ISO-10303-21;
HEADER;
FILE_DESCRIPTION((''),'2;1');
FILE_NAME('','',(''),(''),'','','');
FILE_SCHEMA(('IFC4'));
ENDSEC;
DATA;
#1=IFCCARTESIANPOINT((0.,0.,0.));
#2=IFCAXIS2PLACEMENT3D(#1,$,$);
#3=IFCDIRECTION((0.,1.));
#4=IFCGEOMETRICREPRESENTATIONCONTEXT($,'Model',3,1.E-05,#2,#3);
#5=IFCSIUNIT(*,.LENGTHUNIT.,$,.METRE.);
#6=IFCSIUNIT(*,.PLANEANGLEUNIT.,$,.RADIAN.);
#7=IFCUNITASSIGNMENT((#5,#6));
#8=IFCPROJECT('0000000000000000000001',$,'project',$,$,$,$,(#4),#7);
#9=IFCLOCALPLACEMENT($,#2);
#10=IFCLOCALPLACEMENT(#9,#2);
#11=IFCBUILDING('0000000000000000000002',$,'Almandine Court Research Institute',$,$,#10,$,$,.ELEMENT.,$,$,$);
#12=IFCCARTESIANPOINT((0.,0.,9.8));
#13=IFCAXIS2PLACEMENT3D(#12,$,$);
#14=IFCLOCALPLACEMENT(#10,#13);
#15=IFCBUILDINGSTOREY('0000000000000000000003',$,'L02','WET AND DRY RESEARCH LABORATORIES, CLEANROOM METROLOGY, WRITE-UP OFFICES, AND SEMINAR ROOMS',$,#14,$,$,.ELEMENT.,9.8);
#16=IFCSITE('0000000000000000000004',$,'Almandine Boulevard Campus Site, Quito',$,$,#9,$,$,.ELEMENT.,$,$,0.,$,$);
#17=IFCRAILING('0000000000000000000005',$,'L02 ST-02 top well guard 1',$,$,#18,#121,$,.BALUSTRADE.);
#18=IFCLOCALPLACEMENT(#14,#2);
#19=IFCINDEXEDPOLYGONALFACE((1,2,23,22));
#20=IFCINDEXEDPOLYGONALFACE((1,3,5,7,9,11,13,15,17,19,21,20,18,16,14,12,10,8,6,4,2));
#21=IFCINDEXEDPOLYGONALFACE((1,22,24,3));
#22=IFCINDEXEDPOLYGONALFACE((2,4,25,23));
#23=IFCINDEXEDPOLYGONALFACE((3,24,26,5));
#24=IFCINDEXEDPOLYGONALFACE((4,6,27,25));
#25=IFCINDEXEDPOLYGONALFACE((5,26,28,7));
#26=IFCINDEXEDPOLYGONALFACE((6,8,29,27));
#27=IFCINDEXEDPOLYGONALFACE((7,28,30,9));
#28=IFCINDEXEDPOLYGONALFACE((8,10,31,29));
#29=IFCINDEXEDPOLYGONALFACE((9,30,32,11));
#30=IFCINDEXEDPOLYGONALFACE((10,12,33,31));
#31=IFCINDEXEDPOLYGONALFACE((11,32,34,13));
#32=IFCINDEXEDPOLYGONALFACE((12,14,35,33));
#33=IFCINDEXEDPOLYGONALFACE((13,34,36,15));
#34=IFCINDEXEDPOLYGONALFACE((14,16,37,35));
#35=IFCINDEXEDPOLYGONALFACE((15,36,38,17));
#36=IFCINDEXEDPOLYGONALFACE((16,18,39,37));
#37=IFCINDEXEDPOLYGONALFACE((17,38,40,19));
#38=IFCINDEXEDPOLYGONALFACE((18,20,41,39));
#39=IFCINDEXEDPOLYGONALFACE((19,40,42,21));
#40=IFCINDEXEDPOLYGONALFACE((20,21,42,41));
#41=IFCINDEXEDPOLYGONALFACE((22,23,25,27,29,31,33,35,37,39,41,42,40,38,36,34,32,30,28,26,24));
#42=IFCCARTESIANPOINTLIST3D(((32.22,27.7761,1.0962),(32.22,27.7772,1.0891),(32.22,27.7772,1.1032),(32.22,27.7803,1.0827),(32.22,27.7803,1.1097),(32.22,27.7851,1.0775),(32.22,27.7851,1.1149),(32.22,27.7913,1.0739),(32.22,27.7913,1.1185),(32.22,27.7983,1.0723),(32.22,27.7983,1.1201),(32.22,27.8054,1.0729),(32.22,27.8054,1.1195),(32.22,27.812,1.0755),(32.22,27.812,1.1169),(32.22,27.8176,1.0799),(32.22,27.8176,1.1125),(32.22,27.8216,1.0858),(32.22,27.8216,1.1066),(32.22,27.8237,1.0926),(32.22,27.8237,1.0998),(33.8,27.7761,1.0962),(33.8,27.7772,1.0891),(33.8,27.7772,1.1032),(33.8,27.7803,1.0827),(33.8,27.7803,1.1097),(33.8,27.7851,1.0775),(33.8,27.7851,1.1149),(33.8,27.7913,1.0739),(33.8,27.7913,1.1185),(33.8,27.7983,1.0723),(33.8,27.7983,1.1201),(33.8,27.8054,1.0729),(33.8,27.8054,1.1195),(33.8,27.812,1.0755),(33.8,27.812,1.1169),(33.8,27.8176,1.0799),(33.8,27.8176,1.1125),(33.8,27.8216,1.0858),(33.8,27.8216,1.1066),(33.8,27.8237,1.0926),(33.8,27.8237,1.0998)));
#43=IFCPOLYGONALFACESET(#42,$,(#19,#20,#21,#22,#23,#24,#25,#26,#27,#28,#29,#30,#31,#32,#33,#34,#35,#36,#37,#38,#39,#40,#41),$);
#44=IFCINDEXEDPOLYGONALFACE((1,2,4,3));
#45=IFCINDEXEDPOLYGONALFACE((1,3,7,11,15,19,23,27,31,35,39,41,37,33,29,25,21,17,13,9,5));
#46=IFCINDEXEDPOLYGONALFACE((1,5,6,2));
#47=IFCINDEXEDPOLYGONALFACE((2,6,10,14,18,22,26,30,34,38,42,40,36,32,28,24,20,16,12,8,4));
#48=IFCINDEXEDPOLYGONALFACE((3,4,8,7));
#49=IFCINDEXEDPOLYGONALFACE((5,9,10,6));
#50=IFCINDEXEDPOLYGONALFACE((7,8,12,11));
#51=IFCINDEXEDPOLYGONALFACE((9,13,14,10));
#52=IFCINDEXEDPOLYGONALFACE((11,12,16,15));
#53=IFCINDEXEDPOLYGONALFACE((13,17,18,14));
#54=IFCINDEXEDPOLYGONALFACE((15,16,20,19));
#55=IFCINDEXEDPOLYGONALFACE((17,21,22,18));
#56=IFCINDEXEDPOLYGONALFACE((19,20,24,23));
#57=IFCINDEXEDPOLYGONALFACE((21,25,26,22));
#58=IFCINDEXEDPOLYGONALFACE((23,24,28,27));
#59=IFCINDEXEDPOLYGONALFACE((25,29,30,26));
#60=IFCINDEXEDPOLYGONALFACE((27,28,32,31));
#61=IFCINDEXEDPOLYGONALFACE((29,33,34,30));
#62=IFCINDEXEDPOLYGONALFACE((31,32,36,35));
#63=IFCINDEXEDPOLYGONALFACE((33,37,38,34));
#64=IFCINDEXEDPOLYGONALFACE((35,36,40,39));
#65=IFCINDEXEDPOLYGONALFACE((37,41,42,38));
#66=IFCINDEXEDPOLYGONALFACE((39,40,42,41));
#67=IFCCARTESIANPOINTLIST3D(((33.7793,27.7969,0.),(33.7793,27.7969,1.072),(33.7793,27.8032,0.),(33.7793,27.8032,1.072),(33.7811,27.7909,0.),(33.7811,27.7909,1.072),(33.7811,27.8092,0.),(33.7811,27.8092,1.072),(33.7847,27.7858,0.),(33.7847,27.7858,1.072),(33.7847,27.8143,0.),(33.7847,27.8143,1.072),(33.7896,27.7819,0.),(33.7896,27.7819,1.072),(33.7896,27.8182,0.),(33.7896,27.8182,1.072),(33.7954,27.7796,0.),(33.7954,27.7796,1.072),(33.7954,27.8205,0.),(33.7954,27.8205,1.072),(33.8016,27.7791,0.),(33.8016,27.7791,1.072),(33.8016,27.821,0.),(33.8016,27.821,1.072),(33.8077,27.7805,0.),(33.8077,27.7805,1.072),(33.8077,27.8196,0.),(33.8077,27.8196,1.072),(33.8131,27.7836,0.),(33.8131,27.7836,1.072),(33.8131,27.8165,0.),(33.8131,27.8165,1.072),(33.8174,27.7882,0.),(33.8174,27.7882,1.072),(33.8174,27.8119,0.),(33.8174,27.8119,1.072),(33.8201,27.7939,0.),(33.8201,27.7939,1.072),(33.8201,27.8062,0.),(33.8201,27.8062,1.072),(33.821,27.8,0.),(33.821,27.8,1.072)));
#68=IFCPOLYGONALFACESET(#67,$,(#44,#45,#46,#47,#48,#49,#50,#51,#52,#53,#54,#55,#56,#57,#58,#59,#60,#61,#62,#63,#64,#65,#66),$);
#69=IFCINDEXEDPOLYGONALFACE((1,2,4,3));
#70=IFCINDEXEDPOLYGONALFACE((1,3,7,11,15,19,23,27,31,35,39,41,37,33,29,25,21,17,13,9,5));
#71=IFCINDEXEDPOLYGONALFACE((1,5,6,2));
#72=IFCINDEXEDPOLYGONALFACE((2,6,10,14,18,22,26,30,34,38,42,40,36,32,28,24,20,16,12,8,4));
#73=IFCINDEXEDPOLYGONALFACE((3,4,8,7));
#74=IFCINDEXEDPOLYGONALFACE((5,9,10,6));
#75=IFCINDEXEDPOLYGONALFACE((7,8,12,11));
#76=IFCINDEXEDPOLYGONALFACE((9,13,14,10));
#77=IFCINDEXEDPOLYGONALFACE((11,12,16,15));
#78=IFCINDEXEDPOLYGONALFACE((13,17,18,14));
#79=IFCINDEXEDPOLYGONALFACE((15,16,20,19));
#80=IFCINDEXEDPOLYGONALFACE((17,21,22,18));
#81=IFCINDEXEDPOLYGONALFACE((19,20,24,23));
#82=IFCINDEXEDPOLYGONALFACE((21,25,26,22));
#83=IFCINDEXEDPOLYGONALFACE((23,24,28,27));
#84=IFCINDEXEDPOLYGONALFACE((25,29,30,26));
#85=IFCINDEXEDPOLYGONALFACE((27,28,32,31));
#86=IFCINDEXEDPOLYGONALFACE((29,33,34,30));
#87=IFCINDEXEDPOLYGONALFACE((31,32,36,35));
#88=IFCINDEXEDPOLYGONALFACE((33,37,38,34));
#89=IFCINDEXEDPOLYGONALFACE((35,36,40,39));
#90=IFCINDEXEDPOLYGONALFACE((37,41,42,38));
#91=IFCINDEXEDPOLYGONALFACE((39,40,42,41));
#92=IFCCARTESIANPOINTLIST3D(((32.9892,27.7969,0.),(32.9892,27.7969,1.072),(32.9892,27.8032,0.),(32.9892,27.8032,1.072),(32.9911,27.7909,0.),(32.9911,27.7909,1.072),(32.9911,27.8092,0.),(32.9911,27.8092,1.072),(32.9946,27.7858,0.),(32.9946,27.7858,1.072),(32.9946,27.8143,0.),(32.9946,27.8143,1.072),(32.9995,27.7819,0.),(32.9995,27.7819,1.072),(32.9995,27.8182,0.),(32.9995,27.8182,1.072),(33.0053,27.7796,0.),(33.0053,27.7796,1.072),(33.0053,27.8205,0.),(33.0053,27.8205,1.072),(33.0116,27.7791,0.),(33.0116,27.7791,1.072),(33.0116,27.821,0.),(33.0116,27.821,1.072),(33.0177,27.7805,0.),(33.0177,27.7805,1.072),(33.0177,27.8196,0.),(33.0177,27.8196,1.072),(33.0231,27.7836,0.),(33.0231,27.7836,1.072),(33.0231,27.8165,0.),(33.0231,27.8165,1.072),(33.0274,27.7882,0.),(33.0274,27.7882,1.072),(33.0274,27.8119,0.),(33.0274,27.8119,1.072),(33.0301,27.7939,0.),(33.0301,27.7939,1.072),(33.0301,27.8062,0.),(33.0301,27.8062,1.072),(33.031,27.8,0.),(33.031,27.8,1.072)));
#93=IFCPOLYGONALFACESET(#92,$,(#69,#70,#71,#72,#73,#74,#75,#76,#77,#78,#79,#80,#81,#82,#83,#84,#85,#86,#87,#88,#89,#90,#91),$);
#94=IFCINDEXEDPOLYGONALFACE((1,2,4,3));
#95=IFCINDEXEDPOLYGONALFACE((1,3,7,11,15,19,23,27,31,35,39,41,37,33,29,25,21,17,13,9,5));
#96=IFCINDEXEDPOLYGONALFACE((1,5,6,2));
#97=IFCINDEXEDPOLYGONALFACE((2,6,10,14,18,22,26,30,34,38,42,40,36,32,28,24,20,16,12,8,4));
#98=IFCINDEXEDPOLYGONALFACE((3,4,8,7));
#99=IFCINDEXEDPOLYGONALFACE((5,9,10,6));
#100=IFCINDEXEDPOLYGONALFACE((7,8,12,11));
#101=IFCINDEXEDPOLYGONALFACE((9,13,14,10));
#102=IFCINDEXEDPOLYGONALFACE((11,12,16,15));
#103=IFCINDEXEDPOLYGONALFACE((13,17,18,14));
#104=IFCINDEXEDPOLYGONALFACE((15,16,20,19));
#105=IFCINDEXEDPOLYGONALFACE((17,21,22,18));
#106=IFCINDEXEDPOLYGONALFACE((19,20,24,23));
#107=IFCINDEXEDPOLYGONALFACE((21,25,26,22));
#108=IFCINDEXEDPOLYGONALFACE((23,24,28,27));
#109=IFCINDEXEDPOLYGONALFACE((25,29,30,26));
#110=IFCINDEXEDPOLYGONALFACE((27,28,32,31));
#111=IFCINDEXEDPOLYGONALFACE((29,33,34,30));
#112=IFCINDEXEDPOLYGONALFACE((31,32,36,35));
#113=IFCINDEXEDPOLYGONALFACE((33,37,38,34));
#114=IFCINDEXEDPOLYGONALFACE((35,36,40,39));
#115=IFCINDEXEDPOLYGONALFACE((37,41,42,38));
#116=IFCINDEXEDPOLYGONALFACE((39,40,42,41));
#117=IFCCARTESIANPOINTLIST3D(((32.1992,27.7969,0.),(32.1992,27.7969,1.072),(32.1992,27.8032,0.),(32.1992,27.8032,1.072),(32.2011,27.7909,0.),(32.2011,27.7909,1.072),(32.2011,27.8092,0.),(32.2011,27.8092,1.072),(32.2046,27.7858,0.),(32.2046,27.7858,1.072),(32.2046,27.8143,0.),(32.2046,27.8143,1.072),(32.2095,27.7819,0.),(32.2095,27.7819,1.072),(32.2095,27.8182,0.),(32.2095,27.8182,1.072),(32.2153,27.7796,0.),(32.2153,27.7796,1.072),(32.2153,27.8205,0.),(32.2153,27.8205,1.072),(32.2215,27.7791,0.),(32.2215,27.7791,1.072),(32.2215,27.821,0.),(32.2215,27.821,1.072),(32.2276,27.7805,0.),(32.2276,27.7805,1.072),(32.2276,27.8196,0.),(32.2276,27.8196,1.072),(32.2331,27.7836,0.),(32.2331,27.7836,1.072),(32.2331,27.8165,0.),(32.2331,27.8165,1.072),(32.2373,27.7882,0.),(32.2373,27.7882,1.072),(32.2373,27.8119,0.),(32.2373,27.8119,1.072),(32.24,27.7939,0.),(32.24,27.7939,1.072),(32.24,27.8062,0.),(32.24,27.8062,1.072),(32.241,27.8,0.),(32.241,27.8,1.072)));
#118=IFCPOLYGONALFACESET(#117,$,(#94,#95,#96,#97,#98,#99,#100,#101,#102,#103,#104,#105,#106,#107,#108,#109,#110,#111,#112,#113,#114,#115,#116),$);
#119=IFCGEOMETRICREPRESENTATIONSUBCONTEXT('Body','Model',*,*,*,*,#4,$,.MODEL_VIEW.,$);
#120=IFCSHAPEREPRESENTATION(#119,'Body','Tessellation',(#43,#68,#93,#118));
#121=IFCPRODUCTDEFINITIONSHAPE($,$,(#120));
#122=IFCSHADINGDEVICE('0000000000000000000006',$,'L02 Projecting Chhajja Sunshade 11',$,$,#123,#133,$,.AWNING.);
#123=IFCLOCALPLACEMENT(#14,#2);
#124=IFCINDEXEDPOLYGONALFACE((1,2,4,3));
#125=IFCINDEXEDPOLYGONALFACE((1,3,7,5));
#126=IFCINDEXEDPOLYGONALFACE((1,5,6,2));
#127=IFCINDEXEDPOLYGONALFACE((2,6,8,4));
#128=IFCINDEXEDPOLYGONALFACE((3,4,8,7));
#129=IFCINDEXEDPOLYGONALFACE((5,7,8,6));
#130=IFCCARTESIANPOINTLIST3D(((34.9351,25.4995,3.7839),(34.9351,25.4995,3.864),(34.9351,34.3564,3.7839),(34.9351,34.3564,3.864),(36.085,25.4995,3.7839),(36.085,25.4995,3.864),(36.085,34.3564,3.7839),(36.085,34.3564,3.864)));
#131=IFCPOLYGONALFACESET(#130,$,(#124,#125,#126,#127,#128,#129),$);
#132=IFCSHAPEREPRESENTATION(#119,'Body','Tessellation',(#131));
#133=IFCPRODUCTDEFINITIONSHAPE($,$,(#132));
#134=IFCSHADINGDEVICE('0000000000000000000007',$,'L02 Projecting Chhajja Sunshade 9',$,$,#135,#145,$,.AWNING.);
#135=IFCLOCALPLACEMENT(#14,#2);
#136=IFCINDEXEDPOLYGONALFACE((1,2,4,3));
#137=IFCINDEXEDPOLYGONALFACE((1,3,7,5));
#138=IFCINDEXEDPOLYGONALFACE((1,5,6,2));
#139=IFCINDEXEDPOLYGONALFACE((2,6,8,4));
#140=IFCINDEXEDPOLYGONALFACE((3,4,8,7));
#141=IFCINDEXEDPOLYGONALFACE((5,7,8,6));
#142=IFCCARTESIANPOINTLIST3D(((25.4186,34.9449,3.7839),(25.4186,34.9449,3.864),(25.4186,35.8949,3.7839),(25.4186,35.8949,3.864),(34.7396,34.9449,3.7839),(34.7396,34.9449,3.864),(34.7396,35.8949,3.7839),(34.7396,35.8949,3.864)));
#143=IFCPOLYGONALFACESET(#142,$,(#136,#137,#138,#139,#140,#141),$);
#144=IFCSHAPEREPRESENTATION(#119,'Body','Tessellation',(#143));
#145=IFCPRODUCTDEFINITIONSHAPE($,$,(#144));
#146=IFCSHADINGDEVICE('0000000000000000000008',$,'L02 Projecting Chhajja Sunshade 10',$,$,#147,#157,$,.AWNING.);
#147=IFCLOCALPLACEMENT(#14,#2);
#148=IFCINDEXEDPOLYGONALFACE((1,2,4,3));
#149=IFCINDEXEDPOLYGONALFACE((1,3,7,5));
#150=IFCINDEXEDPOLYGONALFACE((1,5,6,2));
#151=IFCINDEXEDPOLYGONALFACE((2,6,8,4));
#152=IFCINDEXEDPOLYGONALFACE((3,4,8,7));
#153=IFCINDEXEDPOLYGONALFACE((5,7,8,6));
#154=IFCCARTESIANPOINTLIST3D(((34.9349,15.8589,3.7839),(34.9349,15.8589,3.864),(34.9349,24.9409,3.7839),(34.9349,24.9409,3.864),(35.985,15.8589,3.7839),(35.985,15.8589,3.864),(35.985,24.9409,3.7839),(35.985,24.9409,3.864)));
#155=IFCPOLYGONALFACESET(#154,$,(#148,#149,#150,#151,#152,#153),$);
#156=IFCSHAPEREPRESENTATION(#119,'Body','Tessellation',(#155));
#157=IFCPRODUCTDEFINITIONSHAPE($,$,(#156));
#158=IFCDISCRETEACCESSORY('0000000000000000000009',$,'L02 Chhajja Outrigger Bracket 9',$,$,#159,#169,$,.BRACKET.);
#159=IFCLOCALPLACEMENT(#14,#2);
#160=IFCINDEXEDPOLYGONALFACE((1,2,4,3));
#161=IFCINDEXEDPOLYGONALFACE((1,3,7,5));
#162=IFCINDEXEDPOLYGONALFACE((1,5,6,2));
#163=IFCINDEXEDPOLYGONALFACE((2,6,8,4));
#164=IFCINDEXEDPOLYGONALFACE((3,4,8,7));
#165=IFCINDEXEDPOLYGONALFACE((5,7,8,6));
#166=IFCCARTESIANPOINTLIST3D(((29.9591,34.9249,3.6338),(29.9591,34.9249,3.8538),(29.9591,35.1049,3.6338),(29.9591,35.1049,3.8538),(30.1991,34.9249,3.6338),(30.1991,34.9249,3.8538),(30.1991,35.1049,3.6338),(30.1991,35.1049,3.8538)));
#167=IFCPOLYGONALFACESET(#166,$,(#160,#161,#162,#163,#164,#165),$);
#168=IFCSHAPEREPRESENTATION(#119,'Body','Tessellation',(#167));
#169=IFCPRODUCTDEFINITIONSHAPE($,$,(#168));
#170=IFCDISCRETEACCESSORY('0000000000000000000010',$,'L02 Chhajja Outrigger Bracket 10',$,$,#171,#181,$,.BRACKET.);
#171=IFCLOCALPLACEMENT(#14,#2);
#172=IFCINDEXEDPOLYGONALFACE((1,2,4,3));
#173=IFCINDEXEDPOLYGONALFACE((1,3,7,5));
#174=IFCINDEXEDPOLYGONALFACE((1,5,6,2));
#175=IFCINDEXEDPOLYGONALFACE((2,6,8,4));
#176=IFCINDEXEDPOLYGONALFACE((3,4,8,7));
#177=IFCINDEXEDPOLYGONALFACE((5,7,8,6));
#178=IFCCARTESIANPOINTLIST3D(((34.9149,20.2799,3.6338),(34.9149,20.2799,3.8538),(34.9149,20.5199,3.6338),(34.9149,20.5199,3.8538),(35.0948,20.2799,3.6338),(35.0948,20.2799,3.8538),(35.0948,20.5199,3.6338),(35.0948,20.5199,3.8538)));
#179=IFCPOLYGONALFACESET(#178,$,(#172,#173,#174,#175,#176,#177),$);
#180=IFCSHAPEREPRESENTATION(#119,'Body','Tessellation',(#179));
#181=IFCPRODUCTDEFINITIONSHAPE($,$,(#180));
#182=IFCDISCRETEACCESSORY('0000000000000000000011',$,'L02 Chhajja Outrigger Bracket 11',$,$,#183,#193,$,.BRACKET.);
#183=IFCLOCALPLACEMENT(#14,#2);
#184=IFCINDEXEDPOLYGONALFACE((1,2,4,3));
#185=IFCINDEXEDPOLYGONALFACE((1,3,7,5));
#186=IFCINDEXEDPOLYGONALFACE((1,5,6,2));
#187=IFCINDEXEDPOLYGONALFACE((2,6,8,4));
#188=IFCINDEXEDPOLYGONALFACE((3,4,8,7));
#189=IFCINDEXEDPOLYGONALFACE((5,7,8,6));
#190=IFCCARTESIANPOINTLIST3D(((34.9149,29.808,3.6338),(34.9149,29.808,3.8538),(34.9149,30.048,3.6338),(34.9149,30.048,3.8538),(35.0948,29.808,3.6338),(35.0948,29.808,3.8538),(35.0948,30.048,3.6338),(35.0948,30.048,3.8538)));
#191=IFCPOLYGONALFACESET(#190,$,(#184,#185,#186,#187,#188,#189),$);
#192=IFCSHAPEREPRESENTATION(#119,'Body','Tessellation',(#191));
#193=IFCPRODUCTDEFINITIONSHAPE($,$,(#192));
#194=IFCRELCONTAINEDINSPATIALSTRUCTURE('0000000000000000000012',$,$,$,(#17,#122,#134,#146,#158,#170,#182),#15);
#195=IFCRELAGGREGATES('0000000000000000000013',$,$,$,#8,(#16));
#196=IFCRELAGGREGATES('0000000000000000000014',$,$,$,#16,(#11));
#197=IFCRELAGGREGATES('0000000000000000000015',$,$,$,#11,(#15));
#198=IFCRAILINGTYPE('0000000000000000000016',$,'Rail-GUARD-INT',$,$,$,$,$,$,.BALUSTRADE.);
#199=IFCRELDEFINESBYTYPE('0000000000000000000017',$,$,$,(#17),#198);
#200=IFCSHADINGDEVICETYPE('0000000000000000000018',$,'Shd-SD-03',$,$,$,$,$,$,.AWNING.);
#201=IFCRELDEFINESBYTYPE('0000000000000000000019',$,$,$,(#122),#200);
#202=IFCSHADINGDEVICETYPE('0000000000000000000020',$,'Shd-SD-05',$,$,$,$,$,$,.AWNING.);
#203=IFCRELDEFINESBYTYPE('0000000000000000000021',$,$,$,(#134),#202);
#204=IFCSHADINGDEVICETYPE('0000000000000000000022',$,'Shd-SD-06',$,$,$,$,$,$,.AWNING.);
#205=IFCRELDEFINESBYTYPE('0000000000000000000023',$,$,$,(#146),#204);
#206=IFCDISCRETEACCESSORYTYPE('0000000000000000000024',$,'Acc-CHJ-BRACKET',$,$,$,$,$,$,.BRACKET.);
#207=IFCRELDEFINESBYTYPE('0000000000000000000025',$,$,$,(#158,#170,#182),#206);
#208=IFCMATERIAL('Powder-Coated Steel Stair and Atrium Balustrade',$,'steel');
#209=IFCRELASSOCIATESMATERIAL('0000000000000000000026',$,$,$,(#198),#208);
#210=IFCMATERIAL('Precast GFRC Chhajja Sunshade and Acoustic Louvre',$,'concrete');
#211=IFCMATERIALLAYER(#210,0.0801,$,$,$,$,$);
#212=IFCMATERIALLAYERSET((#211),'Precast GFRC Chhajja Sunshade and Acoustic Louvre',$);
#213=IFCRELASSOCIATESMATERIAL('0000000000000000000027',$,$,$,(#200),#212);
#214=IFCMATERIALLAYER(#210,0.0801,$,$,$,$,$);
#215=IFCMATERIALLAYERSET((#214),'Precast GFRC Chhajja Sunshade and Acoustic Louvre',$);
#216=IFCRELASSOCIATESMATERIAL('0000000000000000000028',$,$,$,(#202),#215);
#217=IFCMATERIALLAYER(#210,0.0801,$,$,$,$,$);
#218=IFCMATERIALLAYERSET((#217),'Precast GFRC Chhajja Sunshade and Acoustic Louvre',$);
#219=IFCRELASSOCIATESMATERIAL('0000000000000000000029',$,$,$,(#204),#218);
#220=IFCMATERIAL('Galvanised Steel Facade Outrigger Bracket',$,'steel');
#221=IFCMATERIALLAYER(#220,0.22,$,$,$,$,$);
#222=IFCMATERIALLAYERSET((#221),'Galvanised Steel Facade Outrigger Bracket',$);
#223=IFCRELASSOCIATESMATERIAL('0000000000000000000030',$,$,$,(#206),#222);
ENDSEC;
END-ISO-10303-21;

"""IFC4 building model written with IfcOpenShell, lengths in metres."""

from ifc_helpers import new_model, si_unit, direction, frame, origin, origin_2d, place, context, subcontext, project, spatial, rectangle, circle, extrude, material, layer, layer_set, type_object, element, save


model = new_model("IFC4")

# Units and contexts
model_context = context("Model", 3, precision=1e-05, world=origin(), true_north=direction((0.0, 1.0)))
body_context = subcontext(model_context, "Body", "Model", "MODEL_VIEW")
ifc_project = project(units=[si_unit("LENGTHUNIT", "METRE"), si_unit("PLANEANGLEUNIT", "RADIAN")], contexts=[model_context])

# Site, building, storey
site_placement = place(None, origin())
site = spatial("IfcSite", under=ifc_project, at=site_placement, Name="Almandine Boulevard Campus Site, Quito", CompositionType="ELEMENT", RefElevation=0.0)
building_placement = place(site_placement, origin())
building = spatial("IfcBuilding", under=site, at=building_placement, Name="Almandine Court Research Institute", CompositionType="ELEMENT")
storey_placement = place(building_placement, frame((0.0, 0.0, 9.8)))
storey = spatial("IfcBuildingStorey", under=building, at=storey_placement, Name="L02", Description="WET AND DRY RESEARCH LABORATORIES, CLEANROOM METROLOGY, WRITE-UP OFFICES, AND SEMINAR ROOMS", CompositionType="ELEMENT", Elevation=9.8)

# Railing
ifc_material_1 = material(Name="Powder-Coated Steel Stair and Atrium Balustrade", Category="steel")
railing_type = type_object("IfcRailingType", Name="Rail-GUARD-INT", PredefinedType="BALUSTRADE", material=ifc_material_1)
railing_placement = place(storey_placement, frame((33.8, 27.8, 0.0)))
element("IfcRailing", 1, at=railing_placement, inside=storey, type_object=railing_type, Name="L02 ST-02 top well guard 1", PredefinedType="BALUSTRADE", context=body_context, shape_type="SweptSolid", body=[
    extrude(circle(Radius=0.0239, at=origin_2d()), frame((0.0, 0.0, 1.0962), z_axis=(-1.0, 0.0, 0.0), x_axis=(0.0, -1.0, 0.0)), (0.0, 0.0, 1.0), 1.5801),
    extrude(circle(Radius=0.021, at=origin_2d()), origin(), (0.0, 0.0, 1.0), 1.072),
    extrude(circle(Radius=0.021, at=origin_2d()), frame((-0.79, 0.0, 0.0)), (0.0, 0.0, 1.0), 1.072),
    extrude(circle(Radius=0.021, at=origin_2d()), frame((-1.5801, 0.0, 0.0)), (0.0, 0.0, 1.0), 1.072),
])

# Shading devices
ifc_material_2 = material(Name="Precast GFRC Chhajja Sunshade and Acoustic Louvre", Category="concrete")
ifc_layer_1 = layer(ifc_material_2, 0.0801)
ifc_layer_set_1 = layer_set([ifc_layer_1], Name="Precast GFRC Chhajja Sunshade and Acoustic Louvre")
shading_device_type_1 = type_object("IfcShadingDeviceType", Name="Shd-SD-03", PredefinedType="AWNING", material=ifc_layer_set_1)
shading_device_1_placement = place(storey_placement, frame((35.51, 29.928, 3.7839), z_axis=(0.0, 0.0, 1.0), x_axis=(0.0, -1.0, 0.0)))
element("IfcShadingDevice", 2, at=shading_device_1_placement, inside=storey, type_object=shading_device_type_1, Name="L02 Projecting Chhajja Sunshade 11", PredefinedType="AWNING", context=body_context, shape_type="SweptSolid", body=[
    extrude(rectangle(XDim=8.8569, YDim=1.1499, at=origin_2d()), origin(), (0.0, 0.0, 1.0), 0.0801),
])
ifc_layer_2 = layer(ifc_material_2, 0.0801)
ifc_layer_set_2 = layer_set([ifc_layer_2], Name="Precast GFRC Chhajja Sunshade and Acoustic Louvre")
shading_device_type_2 = type_object("IfcShadingDeviceType", Name="Shd-SD-05", PredefinedType="AWNING", material=ifc_layer_set_2)
shading_device_2_placement = place(storey_placement, frame((30.0791, 35.4199, 3.7839), z_axis=(0.0, 0.0, 1.0), x_axis=(1.0, 0.0, 0.0)))
element("IfcShadingDevice", 3, at=shading_device_2_placement, inside=storey, type_object=shading_device_type_2, Name="L02 Projecting Chhajja Sunshade 9", PredefinedType="AWNING", context=body_context, shape_type="SweptSolid", body=[
    extrude(rectangle(XDim=9.321, YDim=0.95, at=origin_2d()), origin(), (0.0, 0.0, 1.0), 0.0801),
])
ifc_layer_3 = layer(ifc_material_2, 0.0801)
ifc_layer_set_3 = layer_set([ifc_layer_3], Name="Precast GFRC Chhajja Sunshade and Acoustic Louvre")
shading_device_type_3 = type_object("IfcShadingDeviceType", Name="Shd-SD-06", PredefinedType="AWNING", material=ifc_layer_set_3)
shading_device_3_placement = place(storey_placement, frame((35.46, 20.3999, 3.7839), z_axis=(0.0, 0.0, 1.0), x_axis=(0.0, -1.0, 0.0)))
element("IfcShadingDevice", 4, at=shading_device_3_placement, inside=storey, type_object=shading_device_type_3, Name="L02 Projecting Chhajja Sunshade 10", PredefinedType="AWNING", context=body_context, shape_type="SweptSolid", body=[
    extrude(rectangle(XDim=9.082, YDim=1.05, at=origin_2d()), origin(), (0.0, 0.0, 1.0), 0.0801),
])

# Discrete accessories
ifc_material_3 = material(Name="Galvanised Steel Facade Outrigger Bracket", Category="steel")
ifc_layer_4 = layer(ifc_material_3, 0.22)
ifc_layer_set_4 = layer_set([ifc_layer_4], Name="Galvanised Steel Facade Outrigger Bracket")
discrete_accessory_type = type_object("IfcDiscreteAccessoryType", Name="Acc-CHJ-BRACKET", PredefinedType="BRACKET", material=ifc_layer_set_4)
for number, where, z_axis, x_axis, name in (
    (5, (30.0791, 35.0149, 3.6338), (0.0, 0.0, 1.0), (1.0, 0.0, 0.0), "L02 Chhajja Outrigger Bracket 9"),
    (6, (35.0049, 20.3999, 3.6338), (0.0, 0.0, 1.0), (0.0, -1.0, 0.0), "L02 Chhajja Outrigger Bracket 10"),
    (7, (35.0049, 29.928, 3.6338), (0.0, 0.0, 1.0), (0.0, -1.0, 0.0), "L02 Chhajja Outrigger Bracket 11"),
):
    element("IfcDiscreteAccessory", number, at=place(storey_placement, frame(where, z_axis=z_axis, x_axis=x_axis)), inside=storey, type_object=discrete_accessory_type, Name=name, PredefinedType="BRACKET", context=body_context, shape_type="SweptSolid", body=[
        extrude(rectangle(XDim=0.24, YDim=0.1799, at=origin_2d()), origin(), (0.0, 0.0, 1.0), 0.22),
    ])

save(model, "model.ifc")
